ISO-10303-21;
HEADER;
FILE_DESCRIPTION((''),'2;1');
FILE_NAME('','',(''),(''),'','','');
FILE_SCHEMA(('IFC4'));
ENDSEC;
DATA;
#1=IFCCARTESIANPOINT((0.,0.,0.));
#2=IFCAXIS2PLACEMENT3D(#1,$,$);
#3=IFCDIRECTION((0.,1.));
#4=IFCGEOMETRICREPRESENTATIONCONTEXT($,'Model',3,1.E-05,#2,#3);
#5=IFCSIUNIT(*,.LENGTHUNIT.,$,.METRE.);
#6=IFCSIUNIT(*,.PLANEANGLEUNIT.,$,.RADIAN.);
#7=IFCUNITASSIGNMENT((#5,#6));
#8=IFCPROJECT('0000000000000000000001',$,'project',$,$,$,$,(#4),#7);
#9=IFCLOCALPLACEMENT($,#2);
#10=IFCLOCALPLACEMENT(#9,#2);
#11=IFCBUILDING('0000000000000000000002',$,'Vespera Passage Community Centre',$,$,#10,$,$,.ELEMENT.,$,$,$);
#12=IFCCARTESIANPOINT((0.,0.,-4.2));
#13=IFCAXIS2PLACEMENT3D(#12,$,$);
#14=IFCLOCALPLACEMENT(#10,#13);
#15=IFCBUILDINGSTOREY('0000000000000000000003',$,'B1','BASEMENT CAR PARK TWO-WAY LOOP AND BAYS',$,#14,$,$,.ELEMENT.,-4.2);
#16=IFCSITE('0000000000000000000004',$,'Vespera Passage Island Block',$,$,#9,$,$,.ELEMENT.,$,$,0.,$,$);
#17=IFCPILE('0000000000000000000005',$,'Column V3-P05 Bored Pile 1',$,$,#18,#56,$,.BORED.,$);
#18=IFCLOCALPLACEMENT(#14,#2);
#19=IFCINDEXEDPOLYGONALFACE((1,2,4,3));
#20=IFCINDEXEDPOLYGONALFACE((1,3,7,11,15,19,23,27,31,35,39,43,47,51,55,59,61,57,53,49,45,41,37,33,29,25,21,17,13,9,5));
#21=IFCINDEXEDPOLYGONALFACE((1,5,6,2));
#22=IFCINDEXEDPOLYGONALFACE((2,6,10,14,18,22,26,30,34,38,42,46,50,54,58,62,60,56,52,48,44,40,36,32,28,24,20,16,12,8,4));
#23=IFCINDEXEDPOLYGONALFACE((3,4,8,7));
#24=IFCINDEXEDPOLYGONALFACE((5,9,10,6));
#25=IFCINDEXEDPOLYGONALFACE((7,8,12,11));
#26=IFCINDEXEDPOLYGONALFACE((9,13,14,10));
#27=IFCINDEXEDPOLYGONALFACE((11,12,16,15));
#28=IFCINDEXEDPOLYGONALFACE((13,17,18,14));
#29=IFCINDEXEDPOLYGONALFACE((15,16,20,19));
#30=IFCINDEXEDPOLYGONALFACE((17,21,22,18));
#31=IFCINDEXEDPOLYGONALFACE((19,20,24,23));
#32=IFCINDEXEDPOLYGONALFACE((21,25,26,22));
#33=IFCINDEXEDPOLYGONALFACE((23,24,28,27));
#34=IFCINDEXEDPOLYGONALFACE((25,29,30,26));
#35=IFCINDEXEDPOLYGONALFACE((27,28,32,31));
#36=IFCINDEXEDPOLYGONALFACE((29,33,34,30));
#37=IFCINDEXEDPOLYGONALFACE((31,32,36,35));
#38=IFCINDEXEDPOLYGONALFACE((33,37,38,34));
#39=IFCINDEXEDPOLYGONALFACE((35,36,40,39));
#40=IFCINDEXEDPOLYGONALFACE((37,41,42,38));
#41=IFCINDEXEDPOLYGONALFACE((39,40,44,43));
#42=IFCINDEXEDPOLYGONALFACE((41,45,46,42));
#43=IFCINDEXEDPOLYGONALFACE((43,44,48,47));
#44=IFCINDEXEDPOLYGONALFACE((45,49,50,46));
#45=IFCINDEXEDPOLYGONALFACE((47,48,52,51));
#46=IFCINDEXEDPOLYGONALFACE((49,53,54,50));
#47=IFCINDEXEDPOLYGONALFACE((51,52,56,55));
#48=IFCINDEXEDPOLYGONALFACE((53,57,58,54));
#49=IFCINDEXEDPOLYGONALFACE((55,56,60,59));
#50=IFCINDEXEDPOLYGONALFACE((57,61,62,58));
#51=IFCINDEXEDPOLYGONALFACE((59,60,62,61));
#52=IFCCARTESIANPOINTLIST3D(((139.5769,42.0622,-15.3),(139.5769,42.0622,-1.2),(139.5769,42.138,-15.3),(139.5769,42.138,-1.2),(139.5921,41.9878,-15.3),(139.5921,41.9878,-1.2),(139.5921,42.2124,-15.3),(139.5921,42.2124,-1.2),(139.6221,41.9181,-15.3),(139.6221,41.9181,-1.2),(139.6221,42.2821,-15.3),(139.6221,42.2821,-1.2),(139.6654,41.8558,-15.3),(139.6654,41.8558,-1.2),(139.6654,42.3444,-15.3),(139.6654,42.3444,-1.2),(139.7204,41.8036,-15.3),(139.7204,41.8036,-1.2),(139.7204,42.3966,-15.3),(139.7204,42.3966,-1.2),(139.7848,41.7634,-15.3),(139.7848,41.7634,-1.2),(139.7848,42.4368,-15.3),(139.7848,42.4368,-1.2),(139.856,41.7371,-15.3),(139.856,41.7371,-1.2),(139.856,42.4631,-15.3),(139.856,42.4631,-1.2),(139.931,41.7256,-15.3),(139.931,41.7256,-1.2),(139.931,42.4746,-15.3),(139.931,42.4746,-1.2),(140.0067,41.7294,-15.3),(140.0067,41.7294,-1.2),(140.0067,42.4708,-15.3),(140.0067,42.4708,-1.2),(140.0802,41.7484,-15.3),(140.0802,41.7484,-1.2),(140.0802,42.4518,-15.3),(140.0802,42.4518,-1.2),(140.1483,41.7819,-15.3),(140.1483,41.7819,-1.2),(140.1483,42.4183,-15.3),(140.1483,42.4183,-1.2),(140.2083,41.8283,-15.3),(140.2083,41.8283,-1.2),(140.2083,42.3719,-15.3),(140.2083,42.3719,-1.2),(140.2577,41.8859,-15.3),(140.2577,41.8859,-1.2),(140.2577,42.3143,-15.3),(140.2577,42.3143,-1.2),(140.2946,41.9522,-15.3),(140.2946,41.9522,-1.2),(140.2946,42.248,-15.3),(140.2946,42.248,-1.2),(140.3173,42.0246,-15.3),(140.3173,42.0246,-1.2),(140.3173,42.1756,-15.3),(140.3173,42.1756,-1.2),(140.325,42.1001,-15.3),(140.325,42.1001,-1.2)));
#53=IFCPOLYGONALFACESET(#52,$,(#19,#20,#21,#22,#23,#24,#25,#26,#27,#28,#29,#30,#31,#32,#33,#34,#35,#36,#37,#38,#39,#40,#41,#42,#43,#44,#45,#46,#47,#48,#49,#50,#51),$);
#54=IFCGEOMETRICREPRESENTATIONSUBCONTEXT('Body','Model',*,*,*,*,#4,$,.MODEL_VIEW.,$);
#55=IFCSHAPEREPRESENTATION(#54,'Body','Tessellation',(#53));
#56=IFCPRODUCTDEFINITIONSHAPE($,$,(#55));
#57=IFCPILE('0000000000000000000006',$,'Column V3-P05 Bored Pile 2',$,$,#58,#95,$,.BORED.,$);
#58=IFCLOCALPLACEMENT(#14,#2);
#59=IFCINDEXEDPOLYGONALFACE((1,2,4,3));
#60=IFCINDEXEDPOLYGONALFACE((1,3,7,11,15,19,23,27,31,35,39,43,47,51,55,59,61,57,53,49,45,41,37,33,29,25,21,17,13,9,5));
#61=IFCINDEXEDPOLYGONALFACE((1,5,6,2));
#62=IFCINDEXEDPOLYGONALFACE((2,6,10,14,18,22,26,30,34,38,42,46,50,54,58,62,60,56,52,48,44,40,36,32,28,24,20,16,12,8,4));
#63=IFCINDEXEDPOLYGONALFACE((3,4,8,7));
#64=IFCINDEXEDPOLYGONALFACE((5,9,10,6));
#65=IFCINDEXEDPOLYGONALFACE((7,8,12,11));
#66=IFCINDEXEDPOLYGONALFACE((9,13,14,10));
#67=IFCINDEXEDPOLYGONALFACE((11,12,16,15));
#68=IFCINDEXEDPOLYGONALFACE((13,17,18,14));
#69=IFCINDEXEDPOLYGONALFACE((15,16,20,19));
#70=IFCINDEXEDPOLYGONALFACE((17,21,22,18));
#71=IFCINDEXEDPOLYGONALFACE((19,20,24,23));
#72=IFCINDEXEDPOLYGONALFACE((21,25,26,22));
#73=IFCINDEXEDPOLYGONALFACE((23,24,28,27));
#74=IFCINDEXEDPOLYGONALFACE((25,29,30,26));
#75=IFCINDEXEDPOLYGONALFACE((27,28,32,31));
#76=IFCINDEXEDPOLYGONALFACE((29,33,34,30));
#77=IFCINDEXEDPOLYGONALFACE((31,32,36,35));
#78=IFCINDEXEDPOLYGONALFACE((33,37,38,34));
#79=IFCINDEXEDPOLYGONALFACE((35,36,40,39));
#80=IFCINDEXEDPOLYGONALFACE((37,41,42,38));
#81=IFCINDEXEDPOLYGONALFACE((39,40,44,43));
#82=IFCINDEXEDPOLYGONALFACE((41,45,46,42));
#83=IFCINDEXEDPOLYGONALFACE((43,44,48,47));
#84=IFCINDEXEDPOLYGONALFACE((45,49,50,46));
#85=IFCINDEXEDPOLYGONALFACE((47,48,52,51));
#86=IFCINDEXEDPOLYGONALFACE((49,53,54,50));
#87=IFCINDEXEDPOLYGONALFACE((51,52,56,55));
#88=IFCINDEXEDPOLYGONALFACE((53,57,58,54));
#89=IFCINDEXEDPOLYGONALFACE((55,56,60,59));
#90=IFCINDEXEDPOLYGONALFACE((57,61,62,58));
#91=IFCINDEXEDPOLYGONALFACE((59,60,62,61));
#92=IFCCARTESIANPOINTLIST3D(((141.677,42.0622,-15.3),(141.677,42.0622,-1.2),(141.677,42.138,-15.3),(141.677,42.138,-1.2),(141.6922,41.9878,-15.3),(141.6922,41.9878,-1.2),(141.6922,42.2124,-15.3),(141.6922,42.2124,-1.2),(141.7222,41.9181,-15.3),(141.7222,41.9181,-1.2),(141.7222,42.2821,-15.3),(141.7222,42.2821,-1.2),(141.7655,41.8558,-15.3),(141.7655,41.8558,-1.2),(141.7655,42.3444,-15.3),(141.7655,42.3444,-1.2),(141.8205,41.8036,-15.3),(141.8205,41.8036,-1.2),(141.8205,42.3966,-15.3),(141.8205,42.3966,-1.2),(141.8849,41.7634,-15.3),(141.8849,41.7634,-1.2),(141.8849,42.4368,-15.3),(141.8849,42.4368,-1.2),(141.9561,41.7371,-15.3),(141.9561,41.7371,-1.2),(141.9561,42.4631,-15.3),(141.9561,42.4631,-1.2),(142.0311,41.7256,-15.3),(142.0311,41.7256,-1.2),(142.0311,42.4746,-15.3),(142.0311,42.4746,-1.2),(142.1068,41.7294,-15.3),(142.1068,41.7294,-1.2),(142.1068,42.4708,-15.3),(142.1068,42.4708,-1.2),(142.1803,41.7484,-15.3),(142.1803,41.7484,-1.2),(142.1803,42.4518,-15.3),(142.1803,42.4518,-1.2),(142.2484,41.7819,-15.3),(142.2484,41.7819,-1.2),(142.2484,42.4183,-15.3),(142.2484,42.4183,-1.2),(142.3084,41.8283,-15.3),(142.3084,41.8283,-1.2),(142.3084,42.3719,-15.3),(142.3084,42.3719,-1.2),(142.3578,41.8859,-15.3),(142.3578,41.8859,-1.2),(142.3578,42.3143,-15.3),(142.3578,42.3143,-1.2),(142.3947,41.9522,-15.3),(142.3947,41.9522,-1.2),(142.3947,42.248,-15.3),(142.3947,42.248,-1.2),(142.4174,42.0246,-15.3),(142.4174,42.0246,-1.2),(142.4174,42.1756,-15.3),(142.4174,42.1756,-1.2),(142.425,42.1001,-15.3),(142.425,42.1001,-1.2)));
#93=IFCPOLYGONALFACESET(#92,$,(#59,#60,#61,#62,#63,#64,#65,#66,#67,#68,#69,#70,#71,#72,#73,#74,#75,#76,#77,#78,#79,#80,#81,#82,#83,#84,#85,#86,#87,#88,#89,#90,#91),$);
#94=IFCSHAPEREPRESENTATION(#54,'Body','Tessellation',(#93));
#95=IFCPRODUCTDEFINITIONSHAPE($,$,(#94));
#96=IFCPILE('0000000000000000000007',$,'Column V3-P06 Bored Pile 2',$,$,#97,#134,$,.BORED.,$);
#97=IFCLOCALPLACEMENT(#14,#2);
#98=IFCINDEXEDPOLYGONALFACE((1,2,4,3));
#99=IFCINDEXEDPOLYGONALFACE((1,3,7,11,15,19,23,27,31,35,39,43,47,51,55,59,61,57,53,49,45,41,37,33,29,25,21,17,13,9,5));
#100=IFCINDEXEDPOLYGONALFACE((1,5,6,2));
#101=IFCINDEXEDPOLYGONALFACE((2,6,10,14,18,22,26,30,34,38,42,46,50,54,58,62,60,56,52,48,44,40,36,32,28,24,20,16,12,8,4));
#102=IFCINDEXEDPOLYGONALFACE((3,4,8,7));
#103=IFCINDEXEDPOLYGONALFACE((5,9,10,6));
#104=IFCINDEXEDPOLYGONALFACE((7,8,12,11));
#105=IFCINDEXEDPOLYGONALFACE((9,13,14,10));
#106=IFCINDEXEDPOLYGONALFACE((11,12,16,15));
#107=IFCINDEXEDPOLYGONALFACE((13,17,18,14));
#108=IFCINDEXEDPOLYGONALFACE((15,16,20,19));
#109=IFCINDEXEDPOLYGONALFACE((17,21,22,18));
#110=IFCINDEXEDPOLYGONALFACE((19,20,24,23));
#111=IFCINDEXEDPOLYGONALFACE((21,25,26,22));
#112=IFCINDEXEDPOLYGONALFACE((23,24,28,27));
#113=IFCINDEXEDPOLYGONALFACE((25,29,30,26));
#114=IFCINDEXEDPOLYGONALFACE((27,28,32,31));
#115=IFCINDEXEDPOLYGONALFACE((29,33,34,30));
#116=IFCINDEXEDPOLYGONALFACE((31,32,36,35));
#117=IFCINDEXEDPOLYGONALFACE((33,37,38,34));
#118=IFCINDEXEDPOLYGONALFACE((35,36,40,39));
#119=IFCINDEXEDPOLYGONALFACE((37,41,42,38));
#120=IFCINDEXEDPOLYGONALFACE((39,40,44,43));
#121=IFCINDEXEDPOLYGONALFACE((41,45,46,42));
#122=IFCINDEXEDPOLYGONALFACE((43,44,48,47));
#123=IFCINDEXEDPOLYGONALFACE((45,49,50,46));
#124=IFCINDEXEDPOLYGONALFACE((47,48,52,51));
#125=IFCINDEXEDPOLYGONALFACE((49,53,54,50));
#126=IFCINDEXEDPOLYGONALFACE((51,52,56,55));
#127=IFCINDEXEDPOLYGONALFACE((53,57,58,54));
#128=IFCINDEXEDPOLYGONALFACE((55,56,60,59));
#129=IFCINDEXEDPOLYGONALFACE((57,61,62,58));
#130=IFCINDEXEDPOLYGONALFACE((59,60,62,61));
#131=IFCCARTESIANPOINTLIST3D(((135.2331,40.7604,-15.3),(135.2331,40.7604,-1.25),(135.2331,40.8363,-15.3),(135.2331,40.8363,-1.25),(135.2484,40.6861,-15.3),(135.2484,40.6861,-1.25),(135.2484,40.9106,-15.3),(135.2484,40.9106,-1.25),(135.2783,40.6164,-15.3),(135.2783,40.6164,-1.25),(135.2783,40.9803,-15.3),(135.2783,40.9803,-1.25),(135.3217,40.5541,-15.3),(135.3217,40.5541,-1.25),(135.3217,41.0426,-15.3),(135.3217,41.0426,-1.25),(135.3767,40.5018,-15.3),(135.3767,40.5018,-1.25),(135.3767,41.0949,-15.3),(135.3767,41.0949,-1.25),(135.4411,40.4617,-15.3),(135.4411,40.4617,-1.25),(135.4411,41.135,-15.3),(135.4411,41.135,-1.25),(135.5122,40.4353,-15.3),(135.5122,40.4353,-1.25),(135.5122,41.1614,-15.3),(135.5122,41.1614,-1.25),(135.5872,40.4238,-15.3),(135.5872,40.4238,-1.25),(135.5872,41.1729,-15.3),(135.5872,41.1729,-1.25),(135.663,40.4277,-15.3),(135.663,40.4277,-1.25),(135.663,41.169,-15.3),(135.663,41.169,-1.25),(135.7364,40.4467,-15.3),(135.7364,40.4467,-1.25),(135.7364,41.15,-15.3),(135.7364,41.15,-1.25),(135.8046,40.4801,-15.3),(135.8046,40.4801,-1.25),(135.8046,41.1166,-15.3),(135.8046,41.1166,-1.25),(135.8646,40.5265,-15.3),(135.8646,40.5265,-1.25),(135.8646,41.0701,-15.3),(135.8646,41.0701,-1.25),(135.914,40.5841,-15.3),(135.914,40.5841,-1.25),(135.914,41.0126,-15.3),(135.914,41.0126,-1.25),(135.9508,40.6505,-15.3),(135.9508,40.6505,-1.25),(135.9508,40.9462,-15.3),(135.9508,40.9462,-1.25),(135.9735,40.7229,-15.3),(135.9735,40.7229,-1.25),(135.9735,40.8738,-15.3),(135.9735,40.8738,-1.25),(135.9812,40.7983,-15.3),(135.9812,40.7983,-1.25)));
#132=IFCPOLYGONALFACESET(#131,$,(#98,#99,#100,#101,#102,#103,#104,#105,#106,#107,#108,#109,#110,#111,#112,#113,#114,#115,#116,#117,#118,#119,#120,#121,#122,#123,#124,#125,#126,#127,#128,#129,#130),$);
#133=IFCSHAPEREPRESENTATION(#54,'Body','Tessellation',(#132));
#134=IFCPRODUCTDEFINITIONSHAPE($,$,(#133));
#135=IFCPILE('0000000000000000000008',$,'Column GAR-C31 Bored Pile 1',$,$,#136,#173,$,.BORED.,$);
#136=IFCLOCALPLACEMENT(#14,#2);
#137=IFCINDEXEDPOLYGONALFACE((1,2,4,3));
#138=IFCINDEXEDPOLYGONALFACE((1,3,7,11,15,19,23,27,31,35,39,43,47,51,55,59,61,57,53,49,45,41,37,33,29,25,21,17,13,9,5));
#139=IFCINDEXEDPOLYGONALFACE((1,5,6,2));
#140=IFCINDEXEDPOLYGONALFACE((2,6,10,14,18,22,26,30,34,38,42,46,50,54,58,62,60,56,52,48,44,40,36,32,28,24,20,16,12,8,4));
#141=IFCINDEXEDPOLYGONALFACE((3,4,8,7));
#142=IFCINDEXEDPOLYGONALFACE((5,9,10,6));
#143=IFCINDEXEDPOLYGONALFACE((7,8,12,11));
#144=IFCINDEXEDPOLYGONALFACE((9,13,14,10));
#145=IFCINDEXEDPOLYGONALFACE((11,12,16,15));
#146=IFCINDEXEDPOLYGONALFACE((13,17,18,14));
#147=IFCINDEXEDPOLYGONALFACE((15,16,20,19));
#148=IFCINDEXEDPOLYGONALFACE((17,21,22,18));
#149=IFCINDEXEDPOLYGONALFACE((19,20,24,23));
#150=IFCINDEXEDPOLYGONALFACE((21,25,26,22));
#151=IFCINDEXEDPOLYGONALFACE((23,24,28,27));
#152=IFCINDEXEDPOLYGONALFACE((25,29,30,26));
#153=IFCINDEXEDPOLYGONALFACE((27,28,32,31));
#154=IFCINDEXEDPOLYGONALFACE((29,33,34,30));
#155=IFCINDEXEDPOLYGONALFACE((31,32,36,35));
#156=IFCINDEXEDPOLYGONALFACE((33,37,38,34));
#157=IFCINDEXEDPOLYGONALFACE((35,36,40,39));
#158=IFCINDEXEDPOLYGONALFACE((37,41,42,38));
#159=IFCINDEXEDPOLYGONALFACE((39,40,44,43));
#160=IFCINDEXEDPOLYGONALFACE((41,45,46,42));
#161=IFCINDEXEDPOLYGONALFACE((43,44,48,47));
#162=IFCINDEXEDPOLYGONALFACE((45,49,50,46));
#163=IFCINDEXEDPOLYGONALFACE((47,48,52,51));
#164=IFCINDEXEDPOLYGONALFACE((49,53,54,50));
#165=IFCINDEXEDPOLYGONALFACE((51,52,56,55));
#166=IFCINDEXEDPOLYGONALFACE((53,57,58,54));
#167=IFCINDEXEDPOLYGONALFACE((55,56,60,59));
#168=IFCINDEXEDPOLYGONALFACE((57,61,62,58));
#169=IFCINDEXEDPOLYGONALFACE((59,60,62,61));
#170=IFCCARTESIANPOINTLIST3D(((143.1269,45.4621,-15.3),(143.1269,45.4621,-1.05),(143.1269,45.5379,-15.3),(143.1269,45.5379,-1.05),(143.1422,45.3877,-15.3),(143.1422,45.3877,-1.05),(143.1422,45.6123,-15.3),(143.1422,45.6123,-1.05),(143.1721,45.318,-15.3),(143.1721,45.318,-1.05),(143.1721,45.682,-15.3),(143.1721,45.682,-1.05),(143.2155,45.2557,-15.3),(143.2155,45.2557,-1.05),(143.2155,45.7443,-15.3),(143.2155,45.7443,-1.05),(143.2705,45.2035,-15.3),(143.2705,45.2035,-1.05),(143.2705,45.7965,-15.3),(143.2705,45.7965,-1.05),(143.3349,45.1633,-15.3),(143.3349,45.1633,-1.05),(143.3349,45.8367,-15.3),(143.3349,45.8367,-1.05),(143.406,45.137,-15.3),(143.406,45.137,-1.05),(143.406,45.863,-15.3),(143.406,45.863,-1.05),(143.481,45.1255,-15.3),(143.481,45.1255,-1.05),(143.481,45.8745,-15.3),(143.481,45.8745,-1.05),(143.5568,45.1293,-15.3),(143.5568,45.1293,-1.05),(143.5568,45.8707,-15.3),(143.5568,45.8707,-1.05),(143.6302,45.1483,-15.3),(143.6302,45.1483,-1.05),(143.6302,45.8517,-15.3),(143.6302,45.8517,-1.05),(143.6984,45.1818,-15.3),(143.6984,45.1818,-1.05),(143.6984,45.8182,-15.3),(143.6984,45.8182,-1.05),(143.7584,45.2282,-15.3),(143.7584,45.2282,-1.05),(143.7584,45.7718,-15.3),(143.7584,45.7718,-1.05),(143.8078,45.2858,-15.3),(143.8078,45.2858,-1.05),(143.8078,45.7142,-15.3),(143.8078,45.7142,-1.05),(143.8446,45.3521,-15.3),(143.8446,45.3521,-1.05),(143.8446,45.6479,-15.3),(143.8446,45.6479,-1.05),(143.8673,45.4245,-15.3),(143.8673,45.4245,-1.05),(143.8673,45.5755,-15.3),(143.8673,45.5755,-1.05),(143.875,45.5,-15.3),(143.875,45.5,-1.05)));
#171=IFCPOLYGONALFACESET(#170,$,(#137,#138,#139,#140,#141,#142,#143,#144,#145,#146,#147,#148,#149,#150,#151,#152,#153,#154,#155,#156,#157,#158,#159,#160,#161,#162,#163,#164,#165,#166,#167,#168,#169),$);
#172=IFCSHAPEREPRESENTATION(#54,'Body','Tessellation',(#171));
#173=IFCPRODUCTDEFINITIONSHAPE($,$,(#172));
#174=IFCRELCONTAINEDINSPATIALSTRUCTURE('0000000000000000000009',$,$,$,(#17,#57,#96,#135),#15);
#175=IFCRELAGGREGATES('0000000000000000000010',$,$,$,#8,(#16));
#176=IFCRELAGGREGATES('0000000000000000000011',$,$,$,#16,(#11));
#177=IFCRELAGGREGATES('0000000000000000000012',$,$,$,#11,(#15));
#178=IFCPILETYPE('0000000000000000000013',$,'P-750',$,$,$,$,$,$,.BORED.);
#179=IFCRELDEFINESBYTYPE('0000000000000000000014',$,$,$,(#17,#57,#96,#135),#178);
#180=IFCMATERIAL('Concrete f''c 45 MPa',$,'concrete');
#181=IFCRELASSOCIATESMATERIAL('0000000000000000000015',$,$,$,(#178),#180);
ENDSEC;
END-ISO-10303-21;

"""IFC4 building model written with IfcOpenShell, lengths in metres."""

from ifc_helpers import new_model, si_unit, direction, frame, origin, origin_2d, place, context, subcontext, project, spatial, circle, extrude, material, material_profile, profile_set, type_object, element, save


model = new_model("IFC4")

# Units and contexts
model_context = context("Model", 3, precision=1e-05, world=origin(), true_north=direction((0.0, 1.0)))
body_context = subcontext(model_context, "Body", "Model", "MODEL_VIEW")
ifc_project = project(units=[si_unit("LENGTHUNIT", "METRE"), si_unit("PLANEANGLEUNIT", "RADIAN")], contexts=[model_context])

# Site, building, storey
site_placement = place(None, origin())
site = spatial("IfcSite", under=ifc_project, at=site_placement, Name="Vespera Passage Island Block", CompositionType="ELEMENT", RefElevation=0.0)
building_placement = place(site_placement, origin())
building = spatial("IfcBuilding", under=site, at=building_placement, Name="Vespera Passage Community Centre", CompositionType="ELEMENT")
storey_placement = place(building_placement, frame((0.0, 0.0, -4.2)))
storey = spatial("IfcBuildingStorey", under=building, at=storey_placement, Name="B1", Description="BASEMENT CAR PARK TWO-WAY LOOP AND BAYS", CompositionType="ELEMENT", Elevation=-4.2)

# Piles
ifc_material_1 = material(Name="Concrete f'c 45 MPa", Category="concrete")
ifc_material_profile_1 = material_profile(ifc_material_1, circle(Radius=0.375, at=origin_2d()), Name="PILE750DIA")
ifc_profile_set_1 = profile_set([ifc_material_profile_1], Name="Concrete f'c 45 MPa")
pile_type_1 = type_object("IfcPileType", Name="P-750", PredefinedType="BORED", material=ifc_profile_set_1)
for number, where, z_axis, x_axis, name in (
    (1, (139.95, 42.1001, -1.2), (0.0, 0.0, -1.0), (1.0, 0.0, 0.0), "Column V3-P05 Bored Pile 1"),
    (2, (142.05, 42.1001, -1.2), (0.0, 0.0, -1.0), (1.0, 0.0, 0.0), "Column V3-P05 Bored Pile 2"),
):
    element("IfcPile", number, at=place(storey_placement, frame(where, z_axis=z_axis, x_axis=x_axis)), inside=storey, type_object=pile_type_1, Name=name, PredefinedType="BORED", context=body_context, shape_type="SweptSolid", body=[
        extrude(circle(Radius=0.375, at=origin_2d()), origin(), (0.0, 0.0, 1.0), 14.1001),
    ])
pile_1_placement = place(storey_placement, frame((135.6062, 40.7983, -1.25), z_axis=(0.0, 0.0, -1.0), x_axis=(1.0, 0.0, 0.0)))
element("IfcPile", 3, at=pile_1_placement, inside=storey, type_object=pile_type_1, Name="Column V3-P06 Bored Pile 2", PredefinedType="BORED", context=body_context, shape_type="SweptSolid", body=[
    extrude(circle(Radius=0.375, at=origin_2d()), origin(), (0.0, 0.0, 1.0), 14.05),
])
pile_2_placement = place(storey_placement, frame((143.5, 45.5, -1.05), z_axis=(0.0, 0.0, -1.0), x_axis=(1.0, 0.0, 0.0)))
element("IfcPile", 4, at=pile_2_placement, inside=storey, type_object=pile_type_1, Name="Column GAR-C31 Bored Pile 1", PredefinedType="BORED", context=body_context, shape_type="SweptSolid", body=[
    extrude(circle(Radius=0.375, at=origin_2d()), origin(), (0.0, 0.0, 1.0), 14.25),
])

save(model, "model.ifc")
